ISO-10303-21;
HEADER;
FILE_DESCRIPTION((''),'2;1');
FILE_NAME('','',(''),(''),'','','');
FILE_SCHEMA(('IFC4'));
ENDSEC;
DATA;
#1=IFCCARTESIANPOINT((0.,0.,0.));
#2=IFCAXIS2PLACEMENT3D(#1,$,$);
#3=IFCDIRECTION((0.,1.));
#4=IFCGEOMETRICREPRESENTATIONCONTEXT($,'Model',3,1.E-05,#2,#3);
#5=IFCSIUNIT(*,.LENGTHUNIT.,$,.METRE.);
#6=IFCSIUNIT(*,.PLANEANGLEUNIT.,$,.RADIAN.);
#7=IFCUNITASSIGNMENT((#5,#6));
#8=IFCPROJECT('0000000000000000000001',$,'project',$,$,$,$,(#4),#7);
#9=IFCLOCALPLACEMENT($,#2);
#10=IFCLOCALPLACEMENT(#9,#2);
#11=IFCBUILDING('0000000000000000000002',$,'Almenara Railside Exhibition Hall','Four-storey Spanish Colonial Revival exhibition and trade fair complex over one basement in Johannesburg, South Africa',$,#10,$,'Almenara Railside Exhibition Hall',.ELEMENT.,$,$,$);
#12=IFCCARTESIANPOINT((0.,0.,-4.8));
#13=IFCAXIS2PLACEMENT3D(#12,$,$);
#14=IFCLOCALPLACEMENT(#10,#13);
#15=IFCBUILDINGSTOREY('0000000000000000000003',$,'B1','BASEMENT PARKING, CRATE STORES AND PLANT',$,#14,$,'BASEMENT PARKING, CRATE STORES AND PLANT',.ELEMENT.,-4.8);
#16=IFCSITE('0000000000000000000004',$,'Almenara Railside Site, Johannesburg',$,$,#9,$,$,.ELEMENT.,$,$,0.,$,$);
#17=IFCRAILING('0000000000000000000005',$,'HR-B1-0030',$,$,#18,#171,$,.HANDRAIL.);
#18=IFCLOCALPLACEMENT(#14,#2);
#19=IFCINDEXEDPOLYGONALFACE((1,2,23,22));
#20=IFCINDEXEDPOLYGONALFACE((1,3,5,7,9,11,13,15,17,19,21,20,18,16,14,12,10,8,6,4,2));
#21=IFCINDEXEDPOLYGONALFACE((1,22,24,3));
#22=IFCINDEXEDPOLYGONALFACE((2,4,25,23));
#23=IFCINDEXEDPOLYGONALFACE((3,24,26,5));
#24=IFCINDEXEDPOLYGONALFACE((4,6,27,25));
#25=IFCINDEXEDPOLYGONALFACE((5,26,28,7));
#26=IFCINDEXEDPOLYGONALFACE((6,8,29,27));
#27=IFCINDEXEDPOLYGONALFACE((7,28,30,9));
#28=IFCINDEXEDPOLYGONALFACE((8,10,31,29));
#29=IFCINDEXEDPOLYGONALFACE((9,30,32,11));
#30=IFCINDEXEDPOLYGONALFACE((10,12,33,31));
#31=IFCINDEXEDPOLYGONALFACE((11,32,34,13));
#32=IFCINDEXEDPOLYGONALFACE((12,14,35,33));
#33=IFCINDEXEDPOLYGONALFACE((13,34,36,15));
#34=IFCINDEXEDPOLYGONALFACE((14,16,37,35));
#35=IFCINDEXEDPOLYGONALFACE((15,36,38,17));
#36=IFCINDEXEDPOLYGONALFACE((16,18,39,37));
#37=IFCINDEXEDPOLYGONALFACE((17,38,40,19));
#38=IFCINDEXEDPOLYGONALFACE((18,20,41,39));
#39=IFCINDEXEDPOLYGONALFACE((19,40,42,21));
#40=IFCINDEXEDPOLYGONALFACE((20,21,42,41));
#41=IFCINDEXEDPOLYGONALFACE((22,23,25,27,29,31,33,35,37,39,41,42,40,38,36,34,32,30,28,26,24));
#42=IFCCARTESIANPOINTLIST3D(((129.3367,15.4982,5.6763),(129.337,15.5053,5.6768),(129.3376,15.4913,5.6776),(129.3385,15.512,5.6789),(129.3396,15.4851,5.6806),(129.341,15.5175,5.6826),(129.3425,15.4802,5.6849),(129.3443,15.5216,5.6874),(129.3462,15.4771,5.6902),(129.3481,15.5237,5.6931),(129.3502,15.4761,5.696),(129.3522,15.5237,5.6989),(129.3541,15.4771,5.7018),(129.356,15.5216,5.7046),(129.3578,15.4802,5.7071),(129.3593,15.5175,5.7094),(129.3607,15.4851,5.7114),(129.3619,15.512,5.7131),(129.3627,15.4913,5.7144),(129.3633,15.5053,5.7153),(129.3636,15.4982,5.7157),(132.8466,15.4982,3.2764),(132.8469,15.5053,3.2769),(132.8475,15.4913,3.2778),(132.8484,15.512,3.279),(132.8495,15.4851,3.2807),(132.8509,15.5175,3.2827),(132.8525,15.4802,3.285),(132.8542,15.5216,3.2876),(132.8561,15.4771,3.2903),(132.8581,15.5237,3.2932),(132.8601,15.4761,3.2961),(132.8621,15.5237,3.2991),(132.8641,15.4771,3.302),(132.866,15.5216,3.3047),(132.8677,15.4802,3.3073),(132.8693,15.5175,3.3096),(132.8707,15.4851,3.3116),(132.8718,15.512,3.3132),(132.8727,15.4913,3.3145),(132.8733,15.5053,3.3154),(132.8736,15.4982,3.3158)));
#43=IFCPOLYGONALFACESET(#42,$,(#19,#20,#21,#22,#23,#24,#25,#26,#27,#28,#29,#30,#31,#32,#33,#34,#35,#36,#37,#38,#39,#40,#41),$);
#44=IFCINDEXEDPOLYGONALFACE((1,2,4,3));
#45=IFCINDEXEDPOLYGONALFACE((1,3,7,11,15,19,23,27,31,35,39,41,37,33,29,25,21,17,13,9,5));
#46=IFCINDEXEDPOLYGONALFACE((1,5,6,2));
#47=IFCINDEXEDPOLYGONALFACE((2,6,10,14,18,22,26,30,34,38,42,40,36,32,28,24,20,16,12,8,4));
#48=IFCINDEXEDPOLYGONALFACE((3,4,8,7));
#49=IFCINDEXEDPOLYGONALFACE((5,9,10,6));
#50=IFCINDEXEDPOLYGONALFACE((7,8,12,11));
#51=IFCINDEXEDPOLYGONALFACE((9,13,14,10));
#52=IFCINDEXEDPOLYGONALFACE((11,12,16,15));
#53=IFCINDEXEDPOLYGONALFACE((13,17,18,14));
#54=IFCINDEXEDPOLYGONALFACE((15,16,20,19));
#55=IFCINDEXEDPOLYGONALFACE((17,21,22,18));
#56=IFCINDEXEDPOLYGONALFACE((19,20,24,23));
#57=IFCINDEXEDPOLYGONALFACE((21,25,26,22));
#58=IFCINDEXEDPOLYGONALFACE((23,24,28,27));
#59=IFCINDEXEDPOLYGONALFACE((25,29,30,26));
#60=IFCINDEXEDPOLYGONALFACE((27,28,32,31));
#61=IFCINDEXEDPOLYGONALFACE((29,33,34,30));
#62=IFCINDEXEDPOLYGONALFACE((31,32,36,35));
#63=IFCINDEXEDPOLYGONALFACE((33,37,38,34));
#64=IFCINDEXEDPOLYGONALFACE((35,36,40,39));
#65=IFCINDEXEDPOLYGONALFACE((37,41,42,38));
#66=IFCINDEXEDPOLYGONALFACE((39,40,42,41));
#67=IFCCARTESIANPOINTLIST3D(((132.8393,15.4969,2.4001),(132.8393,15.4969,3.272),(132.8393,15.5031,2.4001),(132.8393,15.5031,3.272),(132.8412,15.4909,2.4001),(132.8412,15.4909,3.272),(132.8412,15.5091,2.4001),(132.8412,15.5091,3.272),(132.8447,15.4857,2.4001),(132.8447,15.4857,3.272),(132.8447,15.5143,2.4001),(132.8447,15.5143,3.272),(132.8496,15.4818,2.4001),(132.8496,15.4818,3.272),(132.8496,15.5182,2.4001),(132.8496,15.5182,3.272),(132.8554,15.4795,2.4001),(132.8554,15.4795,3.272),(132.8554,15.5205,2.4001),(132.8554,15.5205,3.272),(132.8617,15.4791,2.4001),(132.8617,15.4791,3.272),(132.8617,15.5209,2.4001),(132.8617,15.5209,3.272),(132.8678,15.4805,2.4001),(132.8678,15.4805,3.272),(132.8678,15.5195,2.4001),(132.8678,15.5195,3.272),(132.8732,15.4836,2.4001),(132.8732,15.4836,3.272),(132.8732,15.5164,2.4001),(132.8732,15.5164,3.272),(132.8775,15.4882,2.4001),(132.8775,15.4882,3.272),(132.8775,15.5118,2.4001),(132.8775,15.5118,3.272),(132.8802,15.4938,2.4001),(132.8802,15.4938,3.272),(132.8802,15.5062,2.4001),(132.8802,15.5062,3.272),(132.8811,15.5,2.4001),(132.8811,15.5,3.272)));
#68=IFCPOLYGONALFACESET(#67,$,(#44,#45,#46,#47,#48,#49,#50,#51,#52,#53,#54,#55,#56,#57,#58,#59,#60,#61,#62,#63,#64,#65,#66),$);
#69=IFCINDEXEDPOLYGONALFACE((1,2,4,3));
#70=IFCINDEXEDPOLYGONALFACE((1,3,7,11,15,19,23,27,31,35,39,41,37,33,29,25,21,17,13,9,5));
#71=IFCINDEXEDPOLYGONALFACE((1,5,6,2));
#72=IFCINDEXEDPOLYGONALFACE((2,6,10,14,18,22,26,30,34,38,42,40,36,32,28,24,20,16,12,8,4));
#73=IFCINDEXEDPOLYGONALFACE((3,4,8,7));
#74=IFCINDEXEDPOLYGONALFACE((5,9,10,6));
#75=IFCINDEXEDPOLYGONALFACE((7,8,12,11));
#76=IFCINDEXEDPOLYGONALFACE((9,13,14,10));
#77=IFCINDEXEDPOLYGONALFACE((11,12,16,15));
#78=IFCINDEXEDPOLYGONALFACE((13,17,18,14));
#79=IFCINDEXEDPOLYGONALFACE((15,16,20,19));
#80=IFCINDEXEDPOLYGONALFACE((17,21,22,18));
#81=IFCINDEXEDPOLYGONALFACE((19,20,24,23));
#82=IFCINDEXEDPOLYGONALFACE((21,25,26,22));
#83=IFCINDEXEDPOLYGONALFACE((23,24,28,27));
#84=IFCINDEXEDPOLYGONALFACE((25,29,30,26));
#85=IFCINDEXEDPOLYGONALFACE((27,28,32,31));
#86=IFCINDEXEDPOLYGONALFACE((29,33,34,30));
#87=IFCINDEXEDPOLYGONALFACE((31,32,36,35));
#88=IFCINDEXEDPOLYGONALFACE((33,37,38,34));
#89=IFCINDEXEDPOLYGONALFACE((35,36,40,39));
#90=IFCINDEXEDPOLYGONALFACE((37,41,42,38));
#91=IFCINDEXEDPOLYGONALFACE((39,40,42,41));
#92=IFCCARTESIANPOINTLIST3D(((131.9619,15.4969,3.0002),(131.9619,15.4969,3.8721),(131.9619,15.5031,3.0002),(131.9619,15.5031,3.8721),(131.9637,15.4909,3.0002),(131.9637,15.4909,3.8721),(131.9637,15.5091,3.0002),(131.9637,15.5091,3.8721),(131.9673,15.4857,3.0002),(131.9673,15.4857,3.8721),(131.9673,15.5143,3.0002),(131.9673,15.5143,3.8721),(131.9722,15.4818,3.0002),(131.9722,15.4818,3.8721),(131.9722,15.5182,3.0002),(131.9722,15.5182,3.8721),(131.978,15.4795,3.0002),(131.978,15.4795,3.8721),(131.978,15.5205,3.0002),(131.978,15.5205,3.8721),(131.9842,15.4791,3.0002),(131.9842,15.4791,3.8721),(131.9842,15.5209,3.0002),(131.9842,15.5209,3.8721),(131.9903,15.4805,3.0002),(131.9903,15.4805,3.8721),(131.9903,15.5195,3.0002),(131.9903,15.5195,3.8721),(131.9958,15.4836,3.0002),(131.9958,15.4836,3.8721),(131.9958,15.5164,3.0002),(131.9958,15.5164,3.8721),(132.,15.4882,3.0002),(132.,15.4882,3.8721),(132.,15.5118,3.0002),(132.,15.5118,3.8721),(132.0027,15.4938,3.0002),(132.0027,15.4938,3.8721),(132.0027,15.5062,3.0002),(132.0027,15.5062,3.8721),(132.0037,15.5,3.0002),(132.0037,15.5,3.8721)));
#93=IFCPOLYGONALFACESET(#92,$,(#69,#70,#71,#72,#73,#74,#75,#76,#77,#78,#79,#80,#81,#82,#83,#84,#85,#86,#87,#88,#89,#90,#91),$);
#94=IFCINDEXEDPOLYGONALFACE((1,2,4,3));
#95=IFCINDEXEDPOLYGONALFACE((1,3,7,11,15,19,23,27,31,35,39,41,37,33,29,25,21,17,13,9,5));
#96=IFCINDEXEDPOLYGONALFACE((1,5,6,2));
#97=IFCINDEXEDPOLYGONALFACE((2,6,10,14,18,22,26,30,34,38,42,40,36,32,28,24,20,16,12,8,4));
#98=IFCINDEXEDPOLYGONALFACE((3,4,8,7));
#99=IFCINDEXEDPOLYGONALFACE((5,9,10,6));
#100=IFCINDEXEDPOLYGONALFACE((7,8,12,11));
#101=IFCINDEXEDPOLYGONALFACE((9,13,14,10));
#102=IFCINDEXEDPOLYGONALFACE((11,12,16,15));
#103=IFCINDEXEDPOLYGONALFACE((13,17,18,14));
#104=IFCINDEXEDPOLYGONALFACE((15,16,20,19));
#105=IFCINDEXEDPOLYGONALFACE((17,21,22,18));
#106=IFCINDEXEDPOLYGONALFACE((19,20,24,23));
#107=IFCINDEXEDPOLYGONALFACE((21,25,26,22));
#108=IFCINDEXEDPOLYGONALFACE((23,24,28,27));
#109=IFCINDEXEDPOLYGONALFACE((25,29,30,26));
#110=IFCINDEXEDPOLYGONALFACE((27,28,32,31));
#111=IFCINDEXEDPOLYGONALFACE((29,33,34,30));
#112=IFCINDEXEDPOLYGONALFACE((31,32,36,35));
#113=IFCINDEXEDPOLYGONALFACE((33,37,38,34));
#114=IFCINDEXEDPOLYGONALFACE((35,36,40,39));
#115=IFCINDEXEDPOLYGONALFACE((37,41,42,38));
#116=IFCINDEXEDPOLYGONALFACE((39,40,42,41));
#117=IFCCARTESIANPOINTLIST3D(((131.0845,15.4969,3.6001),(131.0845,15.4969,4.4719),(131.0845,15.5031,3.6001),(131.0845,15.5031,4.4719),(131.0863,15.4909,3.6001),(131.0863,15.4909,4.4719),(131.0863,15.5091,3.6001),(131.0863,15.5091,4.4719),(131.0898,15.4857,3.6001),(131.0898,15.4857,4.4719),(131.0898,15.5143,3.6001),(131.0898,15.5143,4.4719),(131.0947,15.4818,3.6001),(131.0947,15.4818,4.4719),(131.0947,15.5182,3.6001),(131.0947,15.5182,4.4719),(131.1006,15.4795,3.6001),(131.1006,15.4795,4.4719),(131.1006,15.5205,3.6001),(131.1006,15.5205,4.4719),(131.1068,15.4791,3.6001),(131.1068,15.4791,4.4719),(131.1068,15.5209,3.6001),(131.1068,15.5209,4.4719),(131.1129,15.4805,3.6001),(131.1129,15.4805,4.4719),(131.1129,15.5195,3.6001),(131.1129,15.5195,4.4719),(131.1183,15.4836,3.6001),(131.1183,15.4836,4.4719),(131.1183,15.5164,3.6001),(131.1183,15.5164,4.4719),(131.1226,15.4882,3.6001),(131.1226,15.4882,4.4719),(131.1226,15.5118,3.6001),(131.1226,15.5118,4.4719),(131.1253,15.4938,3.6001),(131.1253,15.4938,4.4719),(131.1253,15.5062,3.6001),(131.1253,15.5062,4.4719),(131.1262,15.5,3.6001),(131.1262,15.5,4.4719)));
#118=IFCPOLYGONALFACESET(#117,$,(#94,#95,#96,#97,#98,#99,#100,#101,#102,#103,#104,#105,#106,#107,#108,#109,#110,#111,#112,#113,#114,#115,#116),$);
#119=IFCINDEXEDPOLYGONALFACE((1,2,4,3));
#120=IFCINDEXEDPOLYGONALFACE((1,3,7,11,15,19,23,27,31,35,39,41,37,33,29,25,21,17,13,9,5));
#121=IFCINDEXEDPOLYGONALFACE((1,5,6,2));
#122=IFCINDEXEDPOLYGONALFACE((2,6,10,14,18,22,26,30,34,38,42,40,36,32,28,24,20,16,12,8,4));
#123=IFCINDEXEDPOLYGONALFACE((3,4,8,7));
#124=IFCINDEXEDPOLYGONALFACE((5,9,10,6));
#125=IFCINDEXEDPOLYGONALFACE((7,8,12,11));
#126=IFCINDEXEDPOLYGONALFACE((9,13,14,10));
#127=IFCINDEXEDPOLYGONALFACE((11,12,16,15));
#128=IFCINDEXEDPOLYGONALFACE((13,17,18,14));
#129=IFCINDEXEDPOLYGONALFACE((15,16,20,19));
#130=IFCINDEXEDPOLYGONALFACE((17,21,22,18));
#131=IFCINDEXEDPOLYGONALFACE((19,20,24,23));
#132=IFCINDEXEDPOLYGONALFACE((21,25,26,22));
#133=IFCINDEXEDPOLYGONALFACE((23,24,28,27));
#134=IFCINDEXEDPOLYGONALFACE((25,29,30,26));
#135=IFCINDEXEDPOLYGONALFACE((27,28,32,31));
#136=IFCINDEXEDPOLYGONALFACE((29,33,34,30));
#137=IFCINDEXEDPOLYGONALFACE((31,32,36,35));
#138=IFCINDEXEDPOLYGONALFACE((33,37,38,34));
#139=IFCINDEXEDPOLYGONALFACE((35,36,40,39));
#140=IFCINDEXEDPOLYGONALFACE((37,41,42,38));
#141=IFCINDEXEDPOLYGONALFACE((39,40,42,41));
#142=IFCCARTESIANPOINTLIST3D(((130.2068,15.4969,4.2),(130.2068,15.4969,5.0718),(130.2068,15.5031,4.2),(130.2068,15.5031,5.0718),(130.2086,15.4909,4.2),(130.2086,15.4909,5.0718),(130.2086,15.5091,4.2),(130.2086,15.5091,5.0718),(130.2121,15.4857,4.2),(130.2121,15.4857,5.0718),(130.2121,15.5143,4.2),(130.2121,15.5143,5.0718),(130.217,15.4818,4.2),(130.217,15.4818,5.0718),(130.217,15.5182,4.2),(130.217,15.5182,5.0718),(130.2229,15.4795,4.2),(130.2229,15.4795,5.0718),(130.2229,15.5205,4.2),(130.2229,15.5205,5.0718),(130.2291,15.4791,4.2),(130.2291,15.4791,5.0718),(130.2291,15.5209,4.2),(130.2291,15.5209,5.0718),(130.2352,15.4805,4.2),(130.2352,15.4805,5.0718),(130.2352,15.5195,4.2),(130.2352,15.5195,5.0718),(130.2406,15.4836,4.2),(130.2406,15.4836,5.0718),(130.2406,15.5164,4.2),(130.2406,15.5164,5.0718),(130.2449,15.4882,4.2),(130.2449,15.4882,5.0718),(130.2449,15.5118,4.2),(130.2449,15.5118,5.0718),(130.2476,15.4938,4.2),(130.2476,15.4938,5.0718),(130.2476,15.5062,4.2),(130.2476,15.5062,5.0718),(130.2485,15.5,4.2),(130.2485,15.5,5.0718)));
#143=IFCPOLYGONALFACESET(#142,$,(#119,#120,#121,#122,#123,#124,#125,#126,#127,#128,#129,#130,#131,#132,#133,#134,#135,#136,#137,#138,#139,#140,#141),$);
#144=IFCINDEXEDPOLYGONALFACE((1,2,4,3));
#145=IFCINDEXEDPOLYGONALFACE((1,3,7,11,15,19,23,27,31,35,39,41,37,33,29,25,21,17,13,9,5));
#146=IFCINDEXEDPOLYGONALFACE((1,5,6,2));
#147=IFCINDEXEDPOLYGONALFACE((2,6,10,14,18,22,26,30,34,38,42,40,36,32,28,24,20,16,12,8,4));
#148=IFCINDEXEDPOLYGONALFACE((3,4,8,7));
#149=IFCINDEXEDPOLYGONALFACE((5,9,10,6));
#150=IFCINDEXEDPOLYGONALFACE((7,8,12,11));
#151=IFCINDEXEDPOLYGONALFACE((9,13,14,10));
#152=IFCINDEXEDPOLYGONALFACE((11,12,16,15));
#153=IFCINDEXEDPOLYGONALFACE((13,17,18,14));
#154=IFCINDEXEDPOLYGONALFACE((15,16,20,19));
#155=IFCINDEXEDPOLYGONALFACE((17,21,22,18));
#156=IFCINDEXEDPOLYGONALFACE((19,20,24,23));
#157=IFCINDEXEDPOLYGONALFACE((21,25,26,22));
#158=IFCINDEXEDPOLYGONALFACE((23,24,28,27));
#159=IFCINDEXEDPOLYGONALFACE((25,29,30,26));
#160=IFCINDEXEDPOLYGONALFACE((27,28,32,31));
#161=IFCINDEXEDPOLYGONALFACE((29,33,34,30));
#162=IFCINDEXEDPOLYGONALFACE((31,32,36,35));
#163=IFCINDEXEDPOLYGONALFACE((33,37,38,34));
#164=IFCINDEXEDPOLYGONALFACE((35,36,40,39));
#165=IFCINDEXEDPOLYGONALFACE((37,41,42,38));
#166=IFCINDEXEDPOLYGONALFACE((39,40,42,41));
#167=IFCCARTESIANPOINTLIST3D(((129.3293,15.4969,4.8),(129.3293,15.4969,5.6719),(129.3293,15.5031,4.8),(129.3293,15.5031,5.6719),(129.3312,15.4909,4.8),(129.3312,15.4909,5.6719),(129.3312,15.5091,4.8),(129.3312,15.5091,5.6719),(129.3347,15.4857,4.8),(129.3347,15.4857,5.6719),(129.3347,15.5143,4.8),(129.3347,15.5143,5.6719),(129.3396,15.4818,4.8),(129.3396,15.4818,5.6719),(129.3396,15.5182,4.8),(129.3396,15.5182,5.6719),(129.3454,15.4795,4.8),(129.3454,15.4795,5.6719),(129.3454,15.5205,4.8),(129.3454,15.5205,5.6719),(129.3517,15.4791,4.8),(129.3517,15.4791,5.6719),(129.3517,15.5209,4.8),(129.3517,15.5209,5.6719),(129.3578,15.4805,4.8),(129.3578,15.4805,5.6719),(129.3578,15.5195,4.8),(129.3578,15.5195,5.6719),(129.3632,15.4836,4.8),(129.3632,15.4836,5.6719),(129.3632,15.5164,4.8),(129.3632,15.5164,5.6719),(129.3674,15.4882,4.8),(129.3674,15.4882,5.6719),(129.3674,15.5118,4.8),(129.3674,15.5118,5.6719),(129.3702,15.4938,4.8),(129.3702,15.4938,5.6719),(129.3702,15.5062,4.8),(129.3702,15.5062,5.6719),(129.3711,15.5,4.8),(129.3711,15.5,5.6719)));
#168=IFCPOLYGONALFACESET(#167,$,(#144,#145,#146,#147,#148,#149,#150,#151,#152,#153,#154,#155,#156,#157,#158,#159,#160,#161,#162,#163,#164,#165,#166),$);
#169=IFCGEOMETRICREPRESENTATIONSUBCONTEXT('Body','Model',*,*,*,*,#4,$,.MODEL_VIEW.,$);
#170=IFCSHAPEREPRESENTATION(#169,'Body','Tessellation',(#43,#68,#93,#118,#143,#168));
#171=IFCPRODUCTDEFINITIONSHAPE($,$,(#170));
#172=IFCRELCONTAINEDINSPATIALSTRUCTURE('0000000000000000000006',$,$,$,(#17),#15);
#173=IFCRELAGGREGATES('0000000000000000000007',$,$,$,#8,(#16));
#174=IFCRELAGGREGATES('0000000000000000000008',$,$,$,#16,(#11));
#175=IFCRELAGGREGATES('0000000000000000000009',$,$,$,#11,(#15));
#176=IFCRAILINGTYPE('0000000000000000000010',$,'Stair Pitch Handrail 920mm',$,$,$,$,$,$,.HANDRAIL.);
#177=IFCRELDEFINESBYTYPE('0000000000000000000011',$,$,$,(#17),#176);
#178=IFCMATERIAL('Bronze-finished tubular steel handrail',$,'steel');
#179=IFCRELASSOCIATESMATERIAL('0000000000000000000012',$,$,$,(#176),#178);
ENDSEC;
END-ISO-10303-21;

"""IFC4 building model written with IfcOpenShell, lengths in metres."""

from ifc_helpers import new_model, si_unit, direction, frame, origin, origin_2d, place, context, subcontext, project, spatial, circle, extrude, material, type_object, element, save


model = new_model("IFC4")

# Units and contexts
model_context = context("Model", 3, precision=1e-05, world=origin(), true_north=direction((0.0, 1.0)))
body_context = subcontext(model_context, "Body", "Model", "MODEL_VIEW")
ifc_project = project(units=[si_unit("LENGTHUNIT", "METRE"), si_unit("PLANEANGLEUNIT", "RADIAN")], contexts=[model_context])

# Site, building, storey
site_placement = place(None, origin())
site = spatial("IfcSite", under=ifc_project, at=site_placement, Name="Almenara Railside Site, Johannesburg", CompositionType="ELEMENT", RefElevation=0.0)
building_placement = place(site_placement, origin())
building = spatial("IfcBuilding", under=site, at=building_placement, Name="Almenara Railside Exhibition Hall", Description="Four-storey Spanish Colonial Revival exhibition and trade fair complex over one basement in Johannesburg, South Africa", LongName="Almenara Railside Exhibition Hall", CompositionType="ELEMENT")
storey_placement = place(building_placement, frame((0.0, 0.0, -4.8)))
storey = spatial("IfcBuildingStorey", under=building, at=storey_placement, Name="B1", Description="BASEMENT PARKING, CRATE STORES AND PLANT", LongName="BASEMENT PARKING, CRATE STORES AND PLANT", CompositionType="ELEMENT", Elevation=-4.8)

# Railing
ifc_material_1 = material(Name="Bronze-finished tubular steel handrail", Category="steel")
railing_type = type_object("IfcRailingType", Name="Stair Pitch Handrail 920mm", PredefinedType="HANDRAIL", material=ifc_material_1)
railing_placement = place(storey_placement, frame((132.8601, 15.5, 2.4001)))
element("IfcRailing", 1, at=railing_placement, inside=storey, type_object=railing_type, Name="HR-B1-0030", PredefinedType="HANDRAIL", context=body_context, shape_type="SweptSolid", body=[
    extrude(circle(Radius=0.0239, at=origin_2d()), frame((0.0, 0.0, 0.896), z_axis=(-0.825492, 0.0, 0.564414), x_axis=(0.0, -1.0, 0.0)), (0.0, 0.0, 1.0), 4.252),
    extrude(circle(Radius=0.021, at=origin_2d()), origin(), (0.0, 0.0, 1.0), 0.8718),
    extrude(circle(Radius=0.021, at=origin_2d()), frame((-0.8774, 0.0, 0.6001)), (0.0, 0.0, 1.0), 0.8718),
    extrude(circle(Radius=0.021, at=origin_2d()), frame((-1.7549, 0.0, 1.2)), (0.0, 0.0, 1.0), 0.8718),
    extrude(circle(Radius=0.021, at=origin_2d()), frame((-2.6326, 0.0, 1.7998)), (0.0, 0.0, 1.0), 0.8718),
    extrude(circle(Radius=0.021, at=origin_2d()), frame((-3.51, 0.0, 2.3999)), (0.0, 0.0, 1.0), 0.8718),
])

save(model, "model.ifc")
